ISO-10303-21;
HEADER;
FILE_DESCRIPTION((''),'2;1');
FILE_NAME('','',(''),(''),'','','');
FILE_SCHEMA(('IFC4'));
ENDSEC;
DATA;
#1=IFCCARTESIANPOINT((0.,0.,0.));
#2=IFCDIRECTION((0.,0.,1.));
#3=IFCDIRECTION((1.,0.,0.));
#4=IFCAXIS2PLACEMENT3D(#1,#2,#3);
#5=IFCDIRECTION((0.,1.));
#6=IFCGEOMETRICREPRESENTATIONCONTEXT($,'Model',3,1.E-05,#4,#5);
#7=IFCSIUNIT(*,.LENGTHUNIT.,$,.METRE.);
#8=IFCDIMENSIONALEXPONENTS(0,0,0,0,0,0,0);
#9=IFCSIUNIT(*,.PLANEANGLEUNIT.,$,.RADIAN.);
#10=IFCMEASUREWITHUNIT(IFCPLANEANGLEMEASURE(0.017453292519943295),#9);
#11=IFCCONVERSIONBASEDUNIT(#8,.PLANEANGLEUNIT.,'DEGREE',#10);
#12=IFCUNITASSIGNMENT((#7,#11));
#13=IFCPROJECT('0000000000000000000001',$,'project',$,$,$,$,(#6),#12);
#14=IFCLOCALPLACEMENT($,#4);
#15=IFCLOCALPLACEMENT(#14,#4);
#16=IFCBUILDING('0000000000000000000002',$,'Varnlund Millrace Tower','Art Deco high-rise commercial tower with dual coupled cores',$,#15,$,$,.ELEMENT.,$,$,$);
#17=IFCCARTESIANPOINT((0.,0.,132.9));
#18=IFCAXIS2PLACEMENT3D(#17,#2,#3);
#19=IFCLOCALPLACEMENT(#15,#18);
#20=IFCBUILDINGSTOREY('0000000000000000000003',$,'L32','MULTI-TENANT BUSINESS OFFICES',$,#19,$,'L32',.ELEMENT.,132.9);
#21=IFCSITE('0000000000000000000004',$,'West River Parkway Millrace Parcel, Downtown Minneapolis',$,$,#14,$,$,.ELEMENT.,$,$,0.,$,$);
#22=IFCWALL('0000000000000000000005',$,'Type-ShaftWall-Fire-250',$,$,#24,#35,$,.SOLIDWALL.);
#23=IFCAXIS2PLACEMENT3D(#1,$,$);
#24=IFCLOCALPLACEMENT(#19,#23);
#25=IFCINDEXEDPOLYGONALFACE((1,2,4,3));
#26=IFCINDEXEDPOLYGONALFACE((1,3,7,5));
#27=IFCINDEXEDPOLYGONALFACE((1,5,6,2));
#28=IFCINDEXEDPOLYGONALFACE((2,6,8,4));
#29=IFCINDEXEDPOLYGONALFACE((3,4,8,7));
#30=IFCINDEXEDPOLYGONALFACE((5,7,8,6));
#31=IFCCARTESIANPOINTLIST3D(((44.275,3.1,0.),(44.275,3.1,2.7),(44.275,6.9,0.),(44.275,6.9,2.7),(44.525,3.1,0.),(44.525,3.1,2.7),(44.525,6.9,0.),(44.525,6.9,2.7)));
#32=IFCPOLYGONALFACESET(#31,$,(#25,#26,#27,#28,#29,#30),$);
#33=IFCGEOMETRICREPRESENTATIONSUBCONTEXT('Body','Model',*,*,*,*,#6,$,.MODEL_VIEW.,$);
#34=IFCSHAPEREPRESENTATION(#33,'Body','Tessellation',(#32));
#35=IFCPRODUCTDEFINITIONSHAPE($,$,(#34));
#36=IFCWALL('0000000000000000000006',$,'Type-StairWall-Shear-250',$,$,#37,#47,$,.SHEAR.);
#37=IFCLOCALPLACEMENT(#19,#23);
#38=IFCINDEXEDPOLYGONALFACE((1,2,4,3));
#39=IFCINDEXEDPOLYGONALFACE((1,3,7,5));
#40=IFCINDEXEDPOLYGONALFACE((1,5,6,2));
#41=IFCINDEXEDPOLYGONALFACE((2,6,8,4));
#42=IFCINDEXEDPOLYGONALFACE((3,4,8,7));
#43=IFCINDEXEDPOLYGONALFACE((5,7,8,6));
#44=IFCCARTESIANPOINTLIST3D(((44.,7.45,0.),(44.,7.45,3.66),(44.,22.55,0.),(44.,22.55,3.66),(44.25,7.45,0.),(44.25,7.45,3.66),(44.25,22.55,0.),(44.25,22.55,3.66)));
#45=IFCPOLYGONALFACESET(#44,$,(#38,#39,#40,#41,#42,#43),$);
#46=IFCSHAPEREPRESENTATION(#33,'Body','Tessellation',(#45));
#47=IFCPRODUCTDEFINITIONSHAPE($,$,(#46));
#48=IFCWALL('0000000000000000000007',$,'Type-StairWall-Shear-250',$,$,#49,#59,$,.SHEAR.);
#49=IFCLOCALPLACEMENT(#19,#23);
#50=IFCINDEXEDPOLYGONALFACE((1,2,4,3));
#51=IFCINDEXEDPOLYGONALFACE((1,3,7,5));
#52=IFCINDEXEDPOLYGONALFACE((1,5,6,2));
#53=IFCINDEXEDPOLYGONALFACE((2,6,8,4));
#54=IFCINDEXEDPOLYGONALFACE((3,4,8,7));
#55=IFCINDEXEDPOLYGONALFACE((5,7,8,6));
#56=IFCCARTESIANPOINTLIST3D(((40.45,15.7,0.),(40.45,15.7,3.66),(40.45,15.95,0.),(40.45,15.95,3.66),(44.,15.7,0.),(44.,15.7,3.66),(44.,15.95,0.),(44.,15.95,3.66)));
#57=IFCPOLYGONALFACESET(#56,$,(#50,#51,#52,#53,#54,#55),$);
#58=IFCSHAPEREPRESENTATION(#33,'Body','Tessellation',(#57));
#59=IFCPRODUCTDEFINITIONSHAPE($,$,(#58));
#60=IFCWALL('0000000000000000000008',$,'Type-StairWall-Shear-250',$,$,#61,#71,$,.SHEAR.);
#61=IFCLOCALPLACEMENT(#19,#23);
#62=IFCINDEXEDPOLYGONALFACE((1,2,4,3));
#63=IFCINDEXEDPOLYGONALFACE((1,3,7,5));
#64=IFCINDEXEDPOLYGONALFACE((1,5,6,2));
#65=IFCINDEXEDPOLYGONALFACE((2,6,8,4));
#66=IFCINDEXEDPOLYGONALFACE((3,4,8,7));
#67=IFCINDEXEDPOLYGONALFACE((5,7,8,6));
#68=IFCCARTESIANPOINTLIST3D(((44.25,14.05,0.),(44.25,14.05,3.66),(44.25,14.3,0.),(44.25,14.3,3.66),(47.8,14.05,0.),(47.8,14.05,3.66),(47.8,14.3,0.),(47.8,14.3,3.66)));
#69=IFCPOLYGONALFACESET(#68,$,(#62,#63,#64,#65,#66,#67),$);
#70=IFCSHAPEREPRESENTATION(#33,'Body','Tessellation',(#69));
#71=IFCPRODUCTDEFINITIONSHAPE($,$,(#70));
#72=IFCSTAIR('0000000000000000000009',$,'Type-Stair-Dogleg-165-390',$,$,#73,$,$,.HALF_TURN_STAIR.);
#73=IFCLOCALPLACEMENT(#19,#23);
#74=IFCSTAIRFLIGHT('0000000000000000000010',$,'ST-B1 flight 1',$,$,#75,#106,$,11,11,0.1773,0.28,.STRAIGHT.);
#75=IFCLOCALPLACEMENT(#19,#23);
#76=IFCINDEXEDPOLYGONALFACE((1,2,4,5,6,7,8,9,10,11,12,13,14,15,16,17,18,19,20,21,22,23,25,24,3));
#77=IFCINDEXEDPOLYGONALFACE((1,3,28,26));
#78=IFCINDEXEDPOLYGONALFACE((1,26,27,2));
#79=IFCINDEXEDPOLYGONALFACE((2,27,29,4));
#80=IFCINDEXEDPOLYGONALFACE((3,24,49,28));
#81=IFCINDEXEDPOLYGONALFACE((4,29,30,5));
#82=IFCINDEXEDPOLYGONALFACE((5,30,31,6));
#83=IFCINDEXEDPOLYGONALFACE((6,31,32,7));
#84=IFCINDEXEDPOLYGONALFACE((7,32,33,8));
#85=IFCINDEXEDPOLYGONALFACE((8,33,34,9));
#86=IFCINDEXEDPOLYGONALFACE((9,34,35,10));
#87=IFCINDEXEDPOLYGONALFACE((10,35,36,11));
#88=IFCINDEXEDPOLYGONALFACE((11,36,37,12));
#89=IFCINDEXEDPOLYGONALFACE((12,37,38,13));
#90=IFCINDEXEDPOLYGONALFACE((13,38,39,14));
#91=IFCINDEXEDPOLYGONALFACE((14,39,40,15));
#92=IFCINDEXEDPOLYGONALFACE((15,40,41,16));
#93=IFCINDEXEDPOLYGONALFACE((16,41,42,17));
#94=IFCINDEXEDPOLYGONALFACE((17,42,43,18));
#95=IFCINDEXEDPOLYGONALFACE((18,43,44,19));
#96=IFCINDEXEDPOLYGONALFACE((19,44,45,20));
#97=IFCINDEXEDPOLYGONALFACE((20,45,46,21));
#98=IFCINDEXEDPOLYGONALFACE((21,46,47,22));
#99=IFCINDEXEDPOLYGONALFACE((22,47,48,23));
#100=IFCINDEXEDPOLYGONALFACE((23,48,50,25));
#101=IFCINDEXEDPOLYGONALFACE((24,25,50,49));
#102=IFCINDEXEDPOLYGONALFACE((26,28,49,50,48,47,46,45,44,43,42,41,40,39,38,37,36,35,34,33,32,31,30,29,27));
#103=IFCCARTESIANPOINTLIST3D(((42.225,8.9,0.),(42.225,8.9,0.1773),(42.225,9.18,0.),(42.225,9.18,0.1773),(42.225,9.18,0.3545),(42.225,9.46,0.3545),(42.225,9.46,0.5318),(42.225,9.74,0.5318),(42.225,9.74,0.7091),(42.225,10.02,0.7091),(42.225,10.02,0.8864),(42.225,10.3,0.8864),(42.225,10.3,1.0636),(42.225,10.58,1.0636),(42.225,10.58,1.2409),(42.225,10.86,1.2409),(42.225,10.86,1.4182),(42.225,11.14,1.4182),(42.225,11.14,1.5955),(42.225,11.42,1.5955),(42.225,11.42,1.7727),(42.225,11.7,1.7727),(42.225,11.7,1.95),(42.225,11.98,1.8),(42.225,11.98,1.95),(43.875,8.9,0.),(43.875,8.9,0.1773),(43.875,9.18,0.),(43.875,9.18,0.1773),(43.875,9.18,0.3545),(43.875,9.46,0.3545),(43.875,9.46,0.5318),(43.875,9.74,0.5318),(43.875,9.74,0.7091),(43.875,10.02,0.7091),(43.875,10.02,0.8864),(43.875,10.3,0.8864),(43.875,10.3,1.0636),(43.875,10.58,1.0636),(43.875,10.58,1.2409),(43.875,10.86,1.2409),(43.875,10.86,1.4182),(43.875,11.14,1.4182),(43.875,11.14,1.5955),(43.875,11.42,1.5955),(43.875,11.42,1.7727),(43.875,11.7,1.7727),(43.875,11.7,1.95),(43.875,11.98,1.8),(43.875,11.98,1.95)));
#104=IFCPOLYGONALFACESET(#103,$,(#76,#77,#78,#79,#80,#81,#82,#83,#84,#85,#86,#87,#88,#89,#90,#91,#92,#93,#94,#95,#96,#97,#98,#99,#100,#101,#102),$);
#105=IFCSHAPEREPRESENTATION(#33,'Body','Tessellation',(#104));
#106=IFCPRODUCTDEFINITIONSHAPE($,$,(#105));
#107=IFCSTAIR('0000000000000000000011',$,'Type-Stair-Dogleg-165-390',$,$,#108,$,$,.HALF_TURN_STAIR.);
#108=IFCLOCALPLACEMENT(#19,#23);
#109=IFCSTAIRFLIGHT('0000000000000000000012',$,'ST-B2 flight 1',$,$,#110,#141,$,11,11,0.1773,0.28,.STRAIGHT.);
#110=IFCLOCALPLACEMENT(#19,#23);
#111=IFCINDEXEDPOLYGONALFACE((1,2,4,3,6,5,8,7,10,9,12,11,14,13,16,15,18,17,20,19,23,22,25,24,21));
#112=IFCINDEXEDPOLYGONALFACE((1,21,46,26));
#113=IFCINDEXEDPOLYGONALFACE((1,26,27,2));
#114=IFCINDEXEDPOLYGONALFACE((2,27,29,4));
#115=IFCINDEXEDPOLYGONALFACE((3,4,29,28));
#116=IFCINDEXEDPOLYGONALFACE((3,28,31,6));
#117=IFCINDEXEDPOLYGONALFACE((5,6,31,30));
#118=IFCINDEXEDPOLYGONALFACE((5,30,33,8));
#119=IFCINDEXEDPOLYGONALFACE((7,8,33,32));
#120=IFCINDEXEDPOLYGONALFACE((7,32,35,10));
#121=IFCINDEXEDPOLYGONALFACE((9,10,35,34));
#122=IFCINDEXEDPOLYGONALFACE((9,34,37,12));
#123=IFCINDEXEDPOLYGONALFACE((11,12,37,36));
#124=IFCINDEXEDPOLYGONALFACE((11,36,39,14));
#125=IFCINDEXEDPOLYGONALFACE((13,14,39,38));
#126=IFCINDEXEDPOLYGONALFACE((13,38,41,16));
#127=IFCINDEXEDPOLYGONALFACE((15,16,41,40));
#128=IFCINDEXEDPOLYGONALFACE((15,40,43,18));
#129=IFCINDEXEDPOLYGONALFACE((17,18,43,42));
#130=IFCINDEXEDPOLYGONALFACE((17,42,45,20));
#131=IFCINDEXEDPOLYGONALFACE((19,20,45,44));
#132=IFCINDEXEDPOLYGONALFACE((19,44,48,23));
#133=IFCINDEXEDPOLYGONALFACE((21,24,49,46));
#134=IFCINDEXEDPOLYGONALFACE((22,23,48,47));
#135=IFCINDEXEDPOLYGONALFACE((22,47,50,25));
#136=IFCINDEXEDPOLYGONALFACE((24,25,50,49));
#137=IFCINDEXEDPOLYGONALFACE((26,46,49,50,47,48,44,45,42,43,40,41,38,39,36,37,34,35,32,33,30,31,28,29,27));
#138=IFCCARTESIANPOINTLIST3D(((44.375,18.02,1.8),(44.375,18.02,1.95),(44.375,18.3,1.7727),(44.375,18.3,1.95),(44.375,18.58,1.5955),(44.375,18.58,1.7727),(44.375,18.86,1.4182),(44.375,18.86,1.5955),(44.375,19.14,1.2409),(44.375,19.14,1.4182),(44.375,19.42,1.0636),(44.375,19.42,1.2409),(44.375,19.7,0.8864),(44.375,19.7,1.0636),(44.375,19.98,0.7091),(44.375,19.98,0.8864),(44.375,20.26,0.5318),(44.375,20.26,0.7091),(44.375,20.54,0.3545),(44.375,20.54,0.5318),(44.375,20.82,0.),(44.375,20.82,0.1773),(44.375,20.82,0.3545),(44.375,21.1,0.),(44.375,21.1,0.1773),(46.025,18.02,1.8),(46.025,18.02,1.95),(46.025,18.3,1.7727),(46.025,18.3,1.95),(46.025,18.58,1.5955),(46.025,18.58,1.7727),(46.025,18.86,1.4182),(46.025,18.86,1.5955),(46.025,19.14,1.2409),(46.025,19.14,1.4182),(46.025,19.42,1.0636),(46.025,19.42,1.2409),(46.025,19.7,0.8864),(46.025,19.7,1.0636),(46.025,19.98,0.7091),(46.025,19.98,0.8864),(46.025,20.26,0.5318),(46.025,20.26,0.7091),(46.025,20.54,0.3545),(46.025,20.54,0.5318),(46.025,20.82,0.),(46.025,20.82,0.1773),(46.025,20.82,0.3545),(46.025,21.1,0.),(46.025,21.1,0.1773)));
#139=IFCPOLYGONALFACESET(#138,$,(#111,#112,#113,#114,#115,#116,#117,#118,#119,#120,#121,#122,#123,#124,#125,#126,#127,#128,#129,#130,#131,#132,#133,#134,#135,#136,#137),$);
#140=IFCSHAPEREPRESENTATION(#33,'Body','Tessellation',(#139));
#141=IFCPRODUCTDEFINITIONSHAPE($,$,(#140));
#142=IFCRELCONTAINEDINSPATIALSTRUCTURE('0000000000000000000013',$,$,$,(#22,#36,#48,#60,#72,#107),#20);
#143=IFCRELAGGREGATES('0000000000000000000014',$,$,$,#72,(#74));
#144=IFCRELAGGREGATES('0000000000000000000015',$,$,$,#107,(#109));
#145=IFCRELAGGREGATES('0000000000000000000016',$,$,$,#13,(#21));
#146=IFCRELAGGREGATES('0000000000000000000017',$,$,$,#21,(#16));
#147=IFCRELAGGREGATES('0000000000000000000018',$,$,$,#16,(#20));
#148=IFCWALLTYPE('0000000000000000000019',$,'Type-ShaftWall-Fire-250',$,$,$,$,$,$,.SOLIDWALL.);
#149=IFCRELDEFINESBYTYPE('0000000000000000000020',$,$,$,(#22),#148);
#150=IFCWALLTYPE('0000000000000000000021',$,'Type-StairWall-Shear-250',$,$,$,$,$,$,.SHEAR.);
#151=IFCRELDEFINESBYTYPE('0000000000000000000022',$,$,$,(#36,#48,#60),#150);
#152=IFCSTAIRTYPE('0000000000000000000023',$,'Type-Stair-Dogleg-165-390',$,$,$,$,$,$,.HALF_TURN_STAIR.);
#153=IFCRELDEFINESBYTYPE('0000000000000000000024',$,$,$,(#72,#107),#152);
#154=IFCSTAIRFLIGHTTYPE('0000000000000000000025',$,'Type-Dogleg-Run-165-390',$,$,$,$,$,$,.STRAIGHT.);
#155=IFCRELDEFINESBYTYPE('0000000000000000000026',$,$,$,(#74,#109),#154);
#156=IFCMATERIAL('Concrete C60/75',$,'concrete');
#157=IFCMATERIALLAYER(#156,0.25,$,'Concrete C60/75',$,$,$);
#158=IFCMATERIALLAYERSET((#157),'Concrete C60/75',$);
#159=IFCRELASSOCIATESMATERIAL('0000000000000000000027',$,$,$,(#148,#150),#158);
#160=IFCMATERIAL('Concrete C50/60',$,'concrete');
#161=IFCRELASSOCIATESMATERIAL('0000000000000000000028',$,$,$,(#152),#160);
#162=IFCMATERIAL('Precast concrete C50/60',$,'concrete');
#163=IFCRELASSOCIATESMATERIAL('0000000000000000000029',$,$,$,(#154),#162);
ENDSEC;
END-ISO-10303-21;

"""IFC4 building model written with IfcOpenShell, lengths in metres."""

from ifc_helpers import new_model, entity, si_unit, converted_unit, direction, frame, origin_with_axes, place, context, subcontext, project, spatial, polyline, outline, extrude, material, layer, layer_set, type_object, element, aggregate, save


model = new_model("IFC4")

# Units and contexts
model_context = context("Model", 3, precision=1e-05, world=origin_with_axes(), true_north=direction((0.0, 1.0)))
body_context = subcontext(model_context, "Body", "Model", "MODEL_VIEW")
ifc_project = project(units=[si_unit("LENGTHUNIT", "METRE"), converted_unit("PLANEANGLEUNIT", "DEGREE", entity("IfcPlaneAngleMeasure", 0.017453292519943295), si_unit("PLANEANGLEUNIT", "RADIAN"), dimensions=[0, 0, 0, 0, 0, 0, 0])], contexts=[model_context])

# Site, building, storey
site_placement = place(None, origin_with_axes())
site = spatial("IfcSite", under=ifc_project, at=site_placement, Name="West River Parkway Millrace Parcel, Downtown Minneapolis", CompositionType="ELEMENT", RefElevation=0.0)
building_placement = place(site_placement, origin_with_axes())
building = spatial("IfcBuilding", under=site, at=building_placement, Name="Varnlund Millrace Tower", Description="Art Deco high-rise commercial tower with dual coupled cores", CompositionType="ELEMENT")
storey_placement = place(building_placement, frame((0.0, 0.0, 132.9), z_axis=(0.0, 0.0, 1.0), x_axis=(1.0, 0.0, 0.0)))
storey = spatial("IfcBuildingStorey", under=building, at=storey_placement, Name="L32", Description="MULTI-TENANT BUSINESS OFFICES", LongName="L32", CompositionType="ELEMENT", Elevation=132.9)

# Shared definitions
ifc_material_1 = material(Name="Concrete C60/75", Category="concrete")
ifc_layer_1 = layer(ifc_material_1, 0.25, Name="Concrete C60/75")
ifc_layer_set_1 = layer_set([ifc_layer_1], Name="Concrete C60/75")
wall_type_1 = type_object("IfcWallType", Name="Type-ShaftWall-Fire-250", PredefinedType="SOLIDWALL", material=ifc_layer_set_1)

# Walls
wall_1_placement = place(storey_placement, frame((44.4, 3.1, 0.0), z_axis=(0.0, 0.0, 1.0), x_axis=(0.0, 1.0, 0.0)))
element("IfcWall", 1, at=wall_1_placement, inside=storey, type_object=wall_type_1, Name="Type-ShaftWall-Fire-250", PredefinedType="SOLIDWALL", context=body_context, shape_type="SweptSolid", body=[
    extrude(outline(polyline([(0.0, -0.125), (3.8, -0.125), (3.8, 0.125), (0.0, 0.125), (0.0, -0.125)])), origin_with_axes(), (0.0, 0.0, 1.0), 2.7),
])
wall_type_2 = type_object("IfcWallType", Name="Type-StairWall-Shear-250", PredefinedType="SHEAR", material=ifc_layer_set_1)
wall_2_placement = place(storey_placement, frame((44.125, 7.45, 0.0), z_axis=(0.0, 0.0, 1.0), x_axis=(0.0, 1.0, 0.0)))
element("IfcWall", 2, at=wall_2_placement, inside=storey, type_object=wall_type_2, Name="Type-StairWall-Shear-250", PredefinedType="SHEAR", context=body_context, shape_type="SweptSolid", body=[
    extrude(outline(polyline([(0.0, -0.125), (15.1, -0.125), (15.1, 0.125), (0.0, 0.125), (0.0, -0.125)])), origin_with_axes(), (0.0, 0.0, 1.0), 3.66),
])
for number, where, z_axis, x_axis, name in (
    (3, (40.45, 15.825, 0.0), (0.0, 0.0, 1.0), (1.0, 0.0, 0.0), "Type-StairWall-Shear-250"),
    (4, (44.25, 14.175, 0.0), (0.0, 0.0, 1.0), (1.0, 0.0, 0.0), "Type-StairWall-Shear-250"),
):
    element("IfcWall", number, at=place(storey_placement, frame(where, z_axis=z_axis, x_axis=x_axis)), inside=storey, type_object=wall_type_2, Name=name, PredefinedType="SHEAR", context=body_context, shape_type="SweptSolid", body=[
        extrude(outline(polyline([(0.0, -0.125), (3.55, -0.125), (3.55, 0.125), (0.0, 0.125), (0.0, -0.125)])), origin_with_axes(), (0.0, 0.0, 1.0), 3.66),
    ])

# Stairs, stair flights
ifc_material_2 = material(Name="Concrete C50/60", Category="concrete")
stair_type = type_object("IfcStairType", Name="Type-Stair-Dogleg-165-390", PredefinedType="HALF_TURN_STAIR", material=ifc_material_2)
stair_1_placement = place(storey_placement, origin_with_axes())
stair_1 = element("IfcStair", 5, at=stair_1_placement, inside=storey, type_object=stair_type, Name="Type-Stair-Dogleg-165-390", PredefinedType="HALF_TURN_STAIR")
ifc_material_3 = material(Name="Precast concrete C50/60", Category="concrete")
stair_flight_type = type_object("IfcStairFlightType", Name="Type-Dogleg-Run-165-390", PredefinedType="STRAIGHT", material=ifc_material_3)
stair_flight_1_placement = place(storey_placement, frame((42.225, 8.9, 0.0), z_axis=(1.0, 0.0, 0.0), x_axis=(0.0, 1.0, 0.0)))
stair_flight_1 = element("IfcStairFlight", 6, at=stair_flight_1_placement, type_object=stair_flight_type, Name="ST-B1 flight 1", NumberOfRisers=11, NumberOfTreads=11, PredefinedType="STRAIGHT", RiserHeight=0.1773, TreadLength=0.28, context=body_context, shape_type="SweptSolid", body=[
    extrude(outline(polyline([(0.0, 0.0), (0.0, 0.1773), (0.28, 0.1773), (0.28, 0.3545), (0.56, 0.3545), (0.56, 0.5318), (0.84, 0.5318), (0.84, 0.7091), (1.12, 0.7091), (1.12, 0.8864), (1.4, 0.8864), (1.4, 1.0636), (1.68, 1.0636), (1.68, 1.2409), (1.96, 1.2409), (1.96, 1.4182), (2.24, 1.4182), (2.24, 1.5955), (2.52, 1.5955), (2.52, 1.7727), (2.8, 1.7727), (2.8, 1.95), (3.08, 1.95), (3.08, 1.8), (0.28, 0.0), (0.0, 0.0)])), origin_with_axes(), (0.0, 0.0, 1.0), 1.65),
])
aggregate(stair_1, [stair_flight_1])
stair_2_placement = place(storey_placement, origin_with_axes())
stair_2 = element("IfcStair", 7, at=stair_2_placement, inside=storey, type_object=stair_type, Name="Type-Stair-Dogleg-165-390", PredefinedType="HALF_TURN_STAIR")
stair_flight_2_placement = place(storey_placement, frame((46.025, 21.1, 0.0), z_axis=(-1.0, 0.0, 0.0), x_axis=(0.0, -1.0, 0.0)))
stair_flight_2 = element("IfcStairFlight", 8, at=stair_flight_2_placement, type_object=stair_flight_type, Name="ST-B2 flight 1", NumberOfRisers=11, NumberOfTreads=11, PredefinedType="STRAIGHT", RiserHeight=0.1773, TreadLength=0.28, context=body_context, shape_type="SweptSolid", body=[
    extrude(outline(polyline([(0.0, 0.0), (0.0, 0.1773), (0.28, 0.1773), (0.28, 0.3545), (0.56, 0.3545), (0.56, 0.5318), (0.84, 0.5318), (0.84, 0.7091), (1.12, 0.7091), (1.12, 0.8864), (1.4, 0.8864), (1.4, 1.0636), (1.68, 1.0636), (1.68, 1.2409), (1.96, 1.2409), (1.96, 1.4182), (2.24, 1.4182), (2.24, 1.5955), (2.52, 1.5955), (2.52, 1.7727), (2.8, 1.7727), (2.8, 1.95), (3.08, 1.95), (3.08, 1.8), (0.28, 0.0), (0.0, 0.0)])), origin_with_axes(), (0.0, 0.0, 1.0), 1.65),
])
aggregate(stair_2, [stair_flight_2])

save(model, "model.ifc")
